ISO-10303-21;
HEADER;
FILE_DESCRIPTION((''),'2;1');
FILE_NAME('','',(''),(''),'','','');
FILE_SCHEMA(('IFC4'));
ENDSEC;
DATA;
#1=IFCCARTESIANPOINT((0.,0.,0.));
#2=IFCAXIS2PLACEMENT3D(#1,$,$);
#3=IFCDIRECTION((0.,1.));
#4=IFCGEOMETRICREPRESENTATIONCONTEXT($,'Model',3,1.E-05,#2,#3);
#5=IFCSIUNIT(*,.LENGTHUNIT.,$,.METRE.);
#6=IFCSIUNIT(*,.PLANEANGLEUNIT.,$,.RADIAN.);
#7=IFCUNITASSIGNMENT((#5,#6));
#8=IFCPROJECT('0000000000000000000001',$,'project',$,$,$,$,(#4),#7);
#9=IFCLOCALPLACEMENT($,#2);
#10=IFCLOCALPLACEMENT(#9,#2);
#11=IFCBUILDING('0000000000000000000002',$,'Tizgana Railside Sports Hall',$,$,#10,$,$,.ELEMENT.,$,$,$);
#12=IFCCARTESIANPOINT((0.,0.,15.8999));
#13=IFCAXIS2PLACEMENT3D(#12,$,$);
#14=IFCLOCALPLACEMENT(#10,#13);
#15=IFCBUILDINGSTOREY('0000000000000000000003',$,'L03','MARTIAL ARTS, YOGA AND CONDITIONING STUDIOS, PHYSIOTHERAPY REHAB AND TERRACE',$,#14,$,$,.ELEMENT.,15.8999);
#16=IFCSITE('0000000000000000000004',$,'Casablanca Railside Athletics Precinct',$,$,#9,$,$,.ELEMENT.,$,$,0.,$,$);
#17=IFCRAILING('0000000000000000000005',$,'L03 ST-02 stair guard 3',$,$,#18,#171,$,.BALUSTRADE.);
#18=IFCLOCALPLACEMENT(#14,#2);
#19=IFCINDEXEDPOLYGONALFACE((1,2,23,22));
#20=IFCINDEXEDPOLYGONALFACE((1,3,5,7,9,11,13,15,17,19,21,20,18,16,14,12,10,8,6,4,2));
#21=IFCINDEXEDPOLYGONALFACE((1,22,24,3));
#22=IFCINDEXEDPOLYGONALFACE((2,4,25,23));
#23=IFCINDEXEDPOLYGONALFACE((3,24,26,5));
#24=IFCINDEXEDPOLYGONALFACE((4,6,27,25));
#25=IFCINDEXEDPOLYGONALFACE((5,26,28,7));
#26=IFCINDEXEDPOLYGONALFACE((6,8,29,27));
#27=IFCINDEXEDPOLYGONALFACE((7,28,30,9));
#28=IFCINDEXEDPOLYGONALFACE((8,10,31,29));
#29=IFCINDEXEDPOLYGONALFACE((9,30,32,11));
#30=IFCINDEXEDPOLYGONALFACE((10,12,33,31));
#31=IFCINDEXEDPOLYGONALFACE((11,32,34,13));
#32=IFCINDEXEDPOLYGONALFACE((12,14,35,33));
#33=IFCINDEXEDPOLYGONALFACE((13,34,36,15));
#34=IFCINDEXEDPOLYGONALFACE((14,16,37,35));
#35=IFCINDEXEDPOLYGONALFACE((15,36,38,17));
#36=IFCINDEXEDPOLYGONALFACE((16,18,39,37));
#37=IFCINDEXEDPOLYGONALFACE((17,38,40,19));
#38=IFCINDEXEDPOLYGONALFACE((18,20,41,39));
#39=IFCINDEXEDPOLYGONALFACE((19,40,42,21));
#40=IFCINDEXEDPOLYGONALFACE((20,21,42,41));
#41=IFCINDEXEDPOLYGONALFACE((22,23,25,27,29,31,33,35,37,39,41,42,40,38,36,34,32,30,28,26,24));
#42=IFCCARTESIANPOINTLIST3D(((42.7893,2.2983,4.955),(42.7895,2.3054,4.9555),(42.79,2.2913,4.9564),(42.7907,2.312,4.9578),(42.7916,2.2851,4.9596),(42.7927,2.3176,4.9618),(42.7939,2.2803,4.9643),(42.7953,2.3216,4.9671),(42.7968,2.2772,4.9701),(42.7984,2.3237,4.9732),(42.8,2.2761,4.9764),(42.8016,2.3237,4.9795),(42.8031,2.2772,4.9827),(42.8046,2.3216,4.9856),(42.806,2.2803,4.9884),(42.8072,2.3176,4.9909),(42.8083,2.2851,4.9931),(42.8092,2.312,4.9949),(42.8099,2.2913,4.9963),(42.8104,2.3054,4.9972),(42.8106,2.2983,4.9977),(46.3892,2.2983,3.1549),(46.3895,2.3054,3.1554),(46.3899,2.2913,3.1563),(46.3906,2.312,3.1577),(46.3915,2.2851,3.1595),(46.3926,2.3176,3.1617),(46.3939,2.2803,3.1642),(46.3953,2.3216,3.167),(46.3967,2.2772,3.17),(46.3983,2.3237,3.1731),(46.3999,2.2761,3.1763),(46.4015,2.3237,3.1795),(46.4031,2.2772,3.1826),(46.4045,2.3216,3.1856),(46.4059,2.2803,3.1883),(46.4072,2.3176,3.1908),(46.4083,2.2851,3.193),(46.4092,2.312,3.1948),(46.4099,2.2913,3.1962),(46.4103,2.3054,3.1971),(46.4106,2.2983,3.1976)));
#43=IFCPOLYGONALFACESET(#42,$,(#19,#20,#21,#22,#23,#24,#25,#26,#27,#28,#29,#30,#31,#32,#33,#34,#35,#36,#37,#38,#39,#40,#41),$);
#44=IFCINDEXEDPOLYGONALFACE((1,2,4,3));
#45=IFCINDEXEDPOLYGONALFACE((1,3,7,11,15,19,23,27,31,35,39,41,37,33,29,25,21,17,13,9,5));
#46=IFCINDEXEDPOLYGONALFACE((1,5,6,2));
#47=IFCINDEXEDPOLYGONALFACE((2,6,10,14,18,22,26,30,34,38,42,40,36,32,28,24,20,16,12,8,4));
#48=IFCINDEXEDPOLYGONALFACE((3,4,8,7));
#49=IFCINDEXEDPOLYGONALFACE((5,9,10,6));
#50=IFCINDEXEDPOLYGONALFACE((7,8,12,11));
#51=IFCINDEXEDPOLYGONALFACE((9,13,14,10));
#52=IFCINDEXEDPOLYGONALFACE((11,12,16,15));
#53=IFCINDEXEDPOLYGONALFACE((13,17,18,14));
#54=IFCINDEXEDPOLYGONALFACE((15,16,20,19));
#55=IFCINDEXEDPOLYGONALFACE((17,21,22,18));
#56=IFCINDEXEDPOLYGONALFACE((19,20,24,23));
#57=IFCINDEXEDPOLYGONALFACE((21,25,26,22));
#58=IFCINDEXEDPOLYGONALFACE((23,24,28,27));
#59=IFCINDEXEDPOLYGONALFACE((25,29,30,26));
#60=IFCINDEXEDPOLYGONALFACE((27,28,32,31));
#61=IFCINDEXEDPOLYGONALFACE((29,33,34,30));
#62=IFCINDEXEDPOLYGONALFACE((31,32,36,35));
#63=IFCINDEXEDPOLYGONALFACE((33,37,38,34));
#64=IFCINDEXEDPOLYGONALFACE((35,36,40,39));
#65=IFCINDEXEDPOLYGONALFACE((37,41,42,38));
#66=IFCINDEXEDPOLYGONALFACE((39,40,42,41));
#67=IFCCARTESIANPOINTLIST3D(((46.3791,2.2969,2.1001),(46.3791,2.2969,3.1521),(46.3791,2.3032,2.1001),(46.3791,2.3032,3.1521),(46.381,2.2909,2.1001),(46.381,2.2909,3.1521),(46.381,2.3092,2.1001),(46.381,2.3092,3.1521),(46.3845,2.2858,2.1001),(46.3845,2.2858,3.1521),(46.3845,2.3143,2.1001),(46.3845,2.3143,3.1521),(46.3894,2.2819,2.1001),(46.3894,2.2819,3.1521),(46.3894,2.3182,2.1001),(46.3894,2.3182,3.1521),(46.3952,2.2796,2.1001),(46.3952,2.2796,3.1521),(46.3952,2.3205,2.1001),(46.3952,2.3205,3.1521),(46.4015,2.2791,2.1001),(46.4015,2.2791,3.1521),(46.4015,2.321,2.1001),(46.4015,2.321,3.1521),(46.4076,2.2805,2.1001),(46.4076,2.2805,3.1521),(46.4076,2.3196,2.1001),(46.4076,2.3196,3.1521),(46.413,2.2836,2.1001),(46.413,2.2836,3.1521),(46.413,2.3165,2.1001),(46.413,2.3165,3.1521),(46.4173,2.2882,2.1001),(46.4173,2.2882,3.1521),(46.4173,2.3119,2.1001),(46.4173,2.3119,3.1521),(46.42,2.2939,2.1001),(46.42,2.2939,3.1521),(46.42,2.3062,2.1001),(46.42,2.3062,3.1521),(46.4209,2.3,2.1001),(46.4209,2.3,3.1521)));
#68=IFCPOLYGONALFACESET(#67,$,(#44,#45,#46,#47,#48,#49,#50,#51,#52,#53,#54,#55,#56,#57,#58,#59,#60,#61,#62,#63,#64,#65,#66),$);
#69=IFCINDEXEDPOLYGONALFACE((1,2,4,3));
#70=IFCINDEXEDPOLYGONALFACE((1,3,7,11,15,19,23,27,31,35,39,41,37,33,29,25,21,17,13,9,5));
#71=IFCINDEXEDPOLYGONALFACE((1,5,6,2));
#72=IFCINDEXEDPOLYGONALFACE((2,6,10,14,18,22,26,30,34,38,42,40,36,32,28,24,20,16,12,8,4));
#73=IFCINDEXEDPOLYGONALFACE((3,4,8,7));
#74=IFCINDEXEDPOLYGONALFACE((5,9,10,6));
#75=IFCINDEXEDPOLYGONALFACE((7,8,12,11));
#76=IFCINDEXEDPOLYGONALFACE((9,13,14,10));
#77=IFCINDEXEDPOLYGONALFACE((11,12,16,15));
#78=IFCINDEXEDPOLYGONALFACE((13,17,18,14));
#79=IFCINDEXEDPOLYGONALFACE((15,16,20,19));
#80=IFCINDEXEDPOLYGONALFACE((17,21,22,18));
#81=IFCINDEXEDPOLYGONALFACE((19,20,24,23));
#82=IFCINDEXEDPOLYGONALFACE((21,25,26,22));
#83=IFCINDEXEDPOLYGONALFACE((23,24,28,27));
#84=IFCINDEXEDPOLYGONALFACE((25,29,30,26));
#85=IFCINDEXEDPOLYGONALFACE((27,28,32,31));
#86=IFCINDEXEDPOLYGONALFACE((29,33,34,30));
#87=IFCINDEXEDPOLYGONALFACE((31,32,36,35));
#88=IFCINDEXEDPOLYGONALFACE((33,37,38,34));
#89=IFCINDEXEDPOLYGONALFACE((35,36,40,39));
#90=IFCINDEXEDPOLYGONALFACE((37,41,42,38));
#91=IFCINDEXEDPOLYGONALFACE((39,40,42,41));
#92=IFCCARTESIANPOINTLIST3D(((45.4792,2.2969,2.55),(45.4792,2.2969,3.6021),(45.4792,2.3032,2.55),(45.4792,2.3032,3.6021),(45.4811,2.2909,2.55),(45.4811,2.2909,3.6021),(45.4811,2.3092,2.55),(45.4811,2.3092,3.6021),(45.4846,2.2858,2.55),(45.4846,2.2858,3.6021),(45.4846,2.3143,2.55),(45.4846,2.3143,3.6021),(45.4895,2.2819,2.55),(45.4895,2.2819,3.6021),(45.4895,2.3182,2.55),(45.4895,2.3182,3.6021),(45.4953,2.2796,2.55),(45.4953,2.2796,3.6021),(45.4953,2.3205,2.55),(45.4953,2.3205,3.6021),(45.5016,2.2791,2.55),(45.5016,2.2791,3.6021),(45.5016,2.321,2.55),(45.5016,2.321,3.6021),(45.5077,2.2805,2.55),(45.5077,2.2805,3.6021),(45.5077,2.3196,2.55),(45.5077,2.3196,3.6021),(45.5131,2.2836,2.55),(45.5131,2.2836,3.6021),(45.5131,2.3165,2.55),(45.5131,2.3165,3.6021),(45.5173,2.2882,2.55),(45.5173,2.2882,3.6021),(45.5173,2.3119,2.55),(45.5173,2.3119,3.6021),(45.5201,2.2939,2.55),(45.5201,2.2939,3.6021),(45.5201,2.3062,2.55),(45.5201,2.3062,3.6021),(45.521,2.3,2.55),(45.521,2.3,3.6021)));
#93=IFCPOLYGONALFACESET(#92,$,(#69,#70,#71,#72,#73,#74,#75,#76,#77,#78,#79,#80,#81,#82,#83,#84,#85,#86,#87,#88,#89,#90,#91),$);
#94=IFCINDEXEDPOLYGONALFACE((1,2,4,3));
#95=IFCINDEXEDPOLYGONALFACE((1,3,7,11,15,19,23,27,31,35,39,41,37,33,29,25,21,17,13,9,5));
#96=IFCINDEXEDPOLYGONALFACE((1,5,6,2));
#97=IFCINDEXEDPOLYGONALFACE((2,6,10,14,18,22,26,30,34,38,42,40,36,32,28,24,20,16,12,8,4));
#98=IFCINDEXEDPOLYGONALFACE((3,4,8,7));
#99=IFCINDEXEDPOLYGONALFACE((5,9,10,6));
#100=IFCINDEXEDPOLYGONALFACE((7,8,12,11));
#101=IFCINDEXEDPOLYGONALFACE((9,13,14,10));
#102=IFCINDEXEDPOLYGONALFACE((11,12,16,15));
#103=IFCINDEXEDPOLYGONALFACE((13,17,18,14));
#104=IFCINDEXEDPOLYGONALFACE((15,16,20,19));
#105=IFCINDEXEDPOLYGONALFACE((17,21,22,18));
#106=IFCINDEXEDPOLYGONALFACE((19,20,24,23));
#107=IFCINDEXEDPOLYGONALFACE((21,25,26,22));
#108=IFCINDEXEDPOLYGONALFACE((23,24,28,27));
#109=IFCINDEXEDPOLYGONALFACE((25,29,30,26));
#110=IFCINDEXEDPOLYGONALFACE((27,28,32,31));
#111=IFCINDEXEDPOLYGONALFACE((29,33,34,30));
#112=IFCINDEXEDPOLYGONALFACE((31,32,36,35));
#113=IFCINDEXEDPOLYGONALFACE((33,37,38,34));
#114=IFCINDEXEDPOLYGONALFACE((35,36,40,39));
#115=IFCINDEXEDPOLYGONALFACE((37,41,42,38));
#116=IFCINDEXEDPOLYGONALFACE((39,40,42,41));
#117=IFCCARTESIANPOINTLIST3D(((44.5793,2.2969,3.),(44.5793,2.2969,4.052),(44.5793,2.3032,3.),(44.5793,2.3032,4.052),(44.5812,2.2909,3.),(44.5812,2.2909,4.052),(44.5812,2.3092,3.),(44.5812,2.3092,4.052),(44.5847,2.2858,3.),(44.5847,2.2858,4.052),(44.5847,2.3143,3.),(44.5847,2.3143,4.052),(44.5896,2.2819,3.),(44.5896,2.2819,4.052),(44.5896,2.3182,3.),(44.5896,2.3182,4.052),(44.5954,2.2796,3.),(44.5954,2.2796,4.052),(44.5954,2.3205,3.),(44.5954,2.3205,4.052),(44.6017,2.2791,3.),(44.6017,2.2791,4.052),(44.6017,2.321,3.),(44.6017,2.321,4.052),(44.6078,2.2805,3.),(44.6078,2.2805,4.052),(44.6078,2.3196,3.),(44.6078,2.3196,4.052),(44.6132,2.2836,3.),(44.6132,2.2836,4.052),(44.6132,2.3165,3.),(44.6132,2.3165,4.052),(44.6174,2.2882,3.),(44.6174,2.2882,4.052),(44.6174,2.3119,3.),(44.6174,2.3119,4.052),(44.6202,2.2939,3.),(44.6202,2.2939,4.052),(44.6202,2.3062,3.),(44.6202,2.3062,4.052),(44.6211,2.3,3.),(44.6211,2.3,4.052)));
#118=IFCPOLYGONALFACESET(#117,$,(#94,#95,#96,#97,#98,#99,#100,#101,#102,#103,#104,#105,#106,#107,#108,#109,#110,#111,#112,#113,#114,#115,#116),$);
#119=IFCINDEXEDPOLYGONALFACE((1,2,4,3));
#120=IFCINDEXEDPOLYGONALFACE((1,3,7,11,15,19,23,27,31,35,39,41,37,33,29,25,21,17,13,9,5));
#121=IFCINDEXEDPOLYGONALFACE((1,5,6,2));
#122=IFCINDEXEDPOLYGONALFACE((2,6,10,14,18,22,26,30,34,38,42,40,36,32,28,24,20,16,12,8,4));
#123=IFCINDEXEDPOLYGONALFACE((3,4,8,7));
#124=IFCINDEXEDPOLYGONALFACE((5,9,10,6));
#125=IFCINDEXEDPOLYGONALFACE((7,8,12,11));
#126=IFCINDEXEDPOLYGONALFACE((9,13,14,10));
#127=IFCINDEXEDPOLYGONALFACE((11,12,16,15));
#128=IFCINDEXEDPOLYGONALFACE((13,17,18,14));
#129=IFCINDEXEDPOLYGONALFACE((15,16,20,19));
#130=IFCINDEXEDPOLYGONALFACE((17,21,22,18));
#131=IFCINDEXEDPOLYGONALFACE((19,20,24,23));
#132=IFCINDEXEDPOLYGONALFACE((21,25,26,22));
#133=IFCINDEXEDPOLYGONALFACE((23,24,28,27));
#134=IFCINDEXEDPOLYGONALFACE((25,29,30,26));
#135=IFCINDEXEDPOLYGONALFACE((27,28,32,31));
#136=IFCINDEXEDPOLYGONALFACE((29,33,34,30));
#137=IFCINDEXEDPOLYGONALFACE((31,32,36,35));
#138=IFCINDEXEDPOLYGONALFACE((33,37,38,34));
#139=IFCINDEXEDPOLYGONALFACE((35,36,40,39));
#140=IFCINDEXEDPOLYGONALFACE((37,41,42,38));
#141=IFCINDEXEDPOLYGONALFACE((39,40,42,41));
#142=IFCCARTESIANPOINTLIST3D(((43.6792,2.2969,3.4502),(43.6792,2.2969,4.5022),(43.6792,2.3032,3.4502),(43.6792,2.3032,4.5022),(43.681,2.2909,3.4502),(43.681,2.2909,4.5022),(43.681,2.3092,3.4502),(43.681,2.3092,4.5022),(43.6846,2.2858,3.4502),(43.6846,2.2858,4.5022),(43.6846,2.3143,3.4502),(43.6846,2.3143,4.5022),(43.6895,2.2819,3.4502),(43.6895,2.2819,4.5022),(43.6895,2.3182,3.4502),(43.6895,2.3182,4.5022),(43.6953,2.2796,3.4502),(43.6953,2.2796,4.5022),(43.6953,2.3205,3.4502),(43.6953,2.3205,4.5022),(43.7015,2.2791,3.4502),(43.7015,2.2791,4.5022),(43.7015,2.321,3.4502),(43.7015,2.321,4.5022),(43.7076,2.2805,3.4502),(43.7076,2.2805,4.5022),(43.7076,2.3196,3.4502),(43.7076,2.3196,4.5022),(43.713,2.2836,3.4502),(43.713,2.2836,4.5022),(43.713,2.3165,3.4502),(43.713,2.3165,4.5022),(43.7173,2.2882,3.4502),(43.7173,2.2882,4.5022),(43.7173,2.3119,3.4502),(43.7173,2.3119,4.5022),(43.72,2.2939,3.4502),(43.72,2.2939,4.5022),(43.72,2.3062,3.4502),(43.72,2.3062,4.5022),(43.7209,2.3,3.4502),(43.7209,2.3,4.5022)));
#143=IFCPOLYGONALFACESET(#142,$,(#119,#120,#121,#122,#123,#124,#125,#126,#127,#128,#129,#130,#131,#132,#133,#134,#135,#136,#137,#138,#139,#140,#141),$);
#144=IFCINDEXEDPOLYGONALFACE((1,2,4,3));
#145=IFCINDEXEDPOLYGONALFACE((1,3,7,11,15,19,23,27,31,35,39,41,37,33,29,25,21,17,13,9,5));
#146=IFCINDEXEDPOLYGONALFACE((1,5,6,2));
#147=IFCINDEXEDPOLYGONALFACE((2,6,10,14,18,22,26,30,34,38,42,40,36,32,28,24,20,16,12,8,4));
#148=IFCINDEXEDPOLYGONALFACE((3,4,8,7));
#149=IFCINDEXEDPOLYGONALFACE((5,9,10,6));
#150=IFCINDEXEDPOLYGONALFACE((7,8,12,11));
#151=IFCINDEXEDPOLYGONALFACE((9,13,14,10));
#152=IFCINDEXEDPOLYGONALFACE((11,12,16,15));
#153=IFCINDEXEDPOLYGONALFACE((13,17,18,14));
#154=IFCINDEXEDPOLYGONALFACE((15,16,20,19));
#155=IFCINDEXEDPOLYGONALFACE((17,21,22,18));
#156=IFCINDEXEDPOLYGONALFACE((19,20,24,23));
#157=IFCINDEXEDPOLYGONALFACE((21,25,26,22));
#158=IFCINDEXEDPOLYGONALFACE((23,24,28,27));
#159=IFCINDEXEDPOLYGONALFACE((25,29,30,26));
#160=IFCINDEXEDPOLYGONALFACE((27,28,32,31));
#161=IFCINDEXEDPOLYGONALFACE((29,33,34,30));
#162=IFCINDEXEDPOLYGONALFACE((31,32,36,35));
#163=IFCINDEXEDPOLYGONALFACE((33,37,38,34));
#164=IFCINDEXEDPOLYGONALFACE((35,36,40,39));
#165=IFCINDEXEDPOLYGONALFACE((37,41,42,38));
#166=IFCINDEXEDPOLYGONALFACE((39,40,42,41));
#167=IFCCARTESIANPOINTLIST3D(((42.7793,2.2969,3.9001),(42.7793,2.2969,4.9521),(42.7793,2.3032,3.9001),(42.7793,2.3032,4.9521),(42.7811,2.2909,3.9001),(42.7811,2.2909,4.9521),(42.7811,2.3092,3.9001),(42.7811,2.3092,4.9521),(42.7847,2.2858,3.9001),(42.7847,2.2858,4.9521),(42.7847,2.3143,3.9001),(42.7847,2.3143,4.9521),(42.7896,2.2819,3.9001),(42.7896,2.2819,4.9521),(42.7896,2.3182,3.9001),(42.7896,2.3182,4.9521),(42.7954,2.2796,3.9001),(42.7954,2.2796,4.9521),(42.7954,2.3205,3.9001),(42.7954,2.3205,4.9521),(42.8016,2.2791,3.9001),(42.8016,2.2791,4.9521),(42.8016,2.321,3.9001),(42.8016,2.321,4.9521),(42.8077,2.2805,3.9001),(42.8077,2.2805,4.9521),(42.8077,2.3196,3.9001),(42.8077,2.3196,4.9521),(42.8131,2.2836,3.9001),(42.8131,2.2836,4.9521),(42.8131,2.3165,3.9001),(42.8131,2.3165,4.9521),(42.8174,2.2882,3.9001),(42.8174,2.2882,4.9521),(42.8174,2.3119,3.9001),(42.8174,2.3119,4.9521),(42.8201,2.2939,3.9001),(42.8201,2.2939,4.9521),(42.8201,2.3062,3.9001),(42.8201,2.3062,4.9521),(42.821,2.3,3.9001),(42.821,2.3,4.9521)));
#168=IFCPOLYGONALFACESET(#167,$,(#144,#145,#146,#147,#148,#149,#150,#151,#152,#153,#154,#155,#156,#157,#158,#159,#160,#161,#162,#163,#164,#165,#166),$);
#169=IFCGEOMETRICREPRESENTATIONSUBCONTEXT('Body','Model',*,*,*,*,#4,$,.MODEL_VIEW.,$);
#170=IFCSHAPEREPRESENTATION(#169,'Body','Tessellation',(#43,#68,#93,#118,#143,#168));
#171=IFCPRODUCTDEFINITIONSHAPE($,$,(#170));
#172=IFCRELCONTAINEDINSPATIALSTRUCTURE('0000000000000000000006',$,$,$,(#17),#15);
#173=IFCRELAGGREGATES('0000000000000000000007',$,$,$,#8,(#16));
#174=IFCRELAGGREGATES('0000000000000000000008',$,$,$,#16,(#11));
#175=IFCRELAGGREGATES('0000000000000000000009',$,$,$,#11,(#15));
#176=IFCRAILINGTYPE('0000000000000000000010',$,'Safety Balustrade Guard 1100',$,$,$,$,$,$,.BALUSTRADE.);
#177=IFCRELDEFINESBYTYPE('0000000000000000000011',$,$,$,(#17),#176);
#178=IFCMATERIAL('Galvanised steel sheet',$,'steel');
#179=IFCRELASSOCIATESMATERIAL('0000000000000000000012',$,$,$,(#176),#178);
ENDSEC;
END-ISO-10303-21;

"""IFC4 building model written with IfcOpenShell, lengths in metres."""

from ifc_helpers import new_model, si_unit, direction, frame, origin, origin_2d, place, context, subcontext, project, spatial, circle, extrude, material, type_object, element, save


model = new_model("IFC4")

# Units and contexts
model_context = context("Model", 3, precision=1e-05, world=origin(), true_north=direction((0.0, 1.0)))
body_context = subcontext(model_context, "Body", "Model", "MODEL_VIEW")
ifc_project = project(units=[si_unit("LENGTHUNIT", "METRE"), si_unit("PLANEANGLEUNIT", "RADIAN")], contexts=[model_context])

# Site, building, storey
site_placement = place(None, origin())
site = spatial("IfcSite", under=ifc_project, at=site_placement, Name="Casablanca Railside Athletics Precinct", CompositionType="ELEMENT", RefElevation=0.0)
building_placement = place(site_placement, origin())
building = spatial("IfcBuilding", under=site, at=building_placement, Name="Tizgana Railside Sports Hall", CompositionType="ELEMENT")
storey_placement = place(building_placement, frame((0.0, 0.0, 15.8999)))
storey = spatial("IfcBuildingStorey", under=building, at=storey_placement, Name="L03", Description="MARTIAL ARTS, YOGA AND CONDITIONING STUDIOS, PHYSIOTHERAPY REHAB AND TERRACE", CompositionType="ELEMENT", Elevation=15.8999)

# Railing
ifc_material_1 = material(Name="Galvanised steel sheet", Category="steel")
railing_type_1 = type_object("IfcRailingType", Name="Safety Balustrade Guard 1100", PredefinedType="BALUSTRADE", material=ifc_material_1)
railing_1_placement = place(storey_placement, frame((46.3999, 2.3, 2.1001)))
element("IfcRailing", 1, at=railing_1_placement, inside=storey, type_object=railing_type_1, Name="L03 ST-02 stair guard 3", PredefinedType="BALUSTRADE", context=body_context, shape_type="SweptSolid", body=[
    extrude(circle(Radius=0.0239, at=origin_2d()), frame((0.0, 0.0, 1.0762), z_axis=(-0.894415, 0.0, 0.447238), x_axis=(0.0, -1.0, 0.0)), (0.0, 0.0, 1.0), 4.0249),
    extrude(circle(Radius=0.021, at=origin_2d()), origin(), (0.0, 0.0, 1.0), 1.052),
    extrude(circle(Radius=0.021, at=origin_2d()), frame((-0.8999, 0.0, 0.45)), (0.0, 0.0, 1.0), 1.052),
    extrude(circle(Radius=0.021, at=origin_2d()), frame((-1.7998, 0.0, 0.8999)), (0.0, 0.0, 1.0), 1.052),
    extrude(circle(Radius=0.021, at=origin_2d()), frame((-2.7, 0.0, 1.3501)), (0.0, 0.0, 1.0), 1.052),
    extrude(circle(Radius=0.021, at=origin_2d()), frame((-3.5999, 0.0, 1.8)), (0.0, 0.0, 1.0), 1.052),
])

save(model, "model.ifc")
